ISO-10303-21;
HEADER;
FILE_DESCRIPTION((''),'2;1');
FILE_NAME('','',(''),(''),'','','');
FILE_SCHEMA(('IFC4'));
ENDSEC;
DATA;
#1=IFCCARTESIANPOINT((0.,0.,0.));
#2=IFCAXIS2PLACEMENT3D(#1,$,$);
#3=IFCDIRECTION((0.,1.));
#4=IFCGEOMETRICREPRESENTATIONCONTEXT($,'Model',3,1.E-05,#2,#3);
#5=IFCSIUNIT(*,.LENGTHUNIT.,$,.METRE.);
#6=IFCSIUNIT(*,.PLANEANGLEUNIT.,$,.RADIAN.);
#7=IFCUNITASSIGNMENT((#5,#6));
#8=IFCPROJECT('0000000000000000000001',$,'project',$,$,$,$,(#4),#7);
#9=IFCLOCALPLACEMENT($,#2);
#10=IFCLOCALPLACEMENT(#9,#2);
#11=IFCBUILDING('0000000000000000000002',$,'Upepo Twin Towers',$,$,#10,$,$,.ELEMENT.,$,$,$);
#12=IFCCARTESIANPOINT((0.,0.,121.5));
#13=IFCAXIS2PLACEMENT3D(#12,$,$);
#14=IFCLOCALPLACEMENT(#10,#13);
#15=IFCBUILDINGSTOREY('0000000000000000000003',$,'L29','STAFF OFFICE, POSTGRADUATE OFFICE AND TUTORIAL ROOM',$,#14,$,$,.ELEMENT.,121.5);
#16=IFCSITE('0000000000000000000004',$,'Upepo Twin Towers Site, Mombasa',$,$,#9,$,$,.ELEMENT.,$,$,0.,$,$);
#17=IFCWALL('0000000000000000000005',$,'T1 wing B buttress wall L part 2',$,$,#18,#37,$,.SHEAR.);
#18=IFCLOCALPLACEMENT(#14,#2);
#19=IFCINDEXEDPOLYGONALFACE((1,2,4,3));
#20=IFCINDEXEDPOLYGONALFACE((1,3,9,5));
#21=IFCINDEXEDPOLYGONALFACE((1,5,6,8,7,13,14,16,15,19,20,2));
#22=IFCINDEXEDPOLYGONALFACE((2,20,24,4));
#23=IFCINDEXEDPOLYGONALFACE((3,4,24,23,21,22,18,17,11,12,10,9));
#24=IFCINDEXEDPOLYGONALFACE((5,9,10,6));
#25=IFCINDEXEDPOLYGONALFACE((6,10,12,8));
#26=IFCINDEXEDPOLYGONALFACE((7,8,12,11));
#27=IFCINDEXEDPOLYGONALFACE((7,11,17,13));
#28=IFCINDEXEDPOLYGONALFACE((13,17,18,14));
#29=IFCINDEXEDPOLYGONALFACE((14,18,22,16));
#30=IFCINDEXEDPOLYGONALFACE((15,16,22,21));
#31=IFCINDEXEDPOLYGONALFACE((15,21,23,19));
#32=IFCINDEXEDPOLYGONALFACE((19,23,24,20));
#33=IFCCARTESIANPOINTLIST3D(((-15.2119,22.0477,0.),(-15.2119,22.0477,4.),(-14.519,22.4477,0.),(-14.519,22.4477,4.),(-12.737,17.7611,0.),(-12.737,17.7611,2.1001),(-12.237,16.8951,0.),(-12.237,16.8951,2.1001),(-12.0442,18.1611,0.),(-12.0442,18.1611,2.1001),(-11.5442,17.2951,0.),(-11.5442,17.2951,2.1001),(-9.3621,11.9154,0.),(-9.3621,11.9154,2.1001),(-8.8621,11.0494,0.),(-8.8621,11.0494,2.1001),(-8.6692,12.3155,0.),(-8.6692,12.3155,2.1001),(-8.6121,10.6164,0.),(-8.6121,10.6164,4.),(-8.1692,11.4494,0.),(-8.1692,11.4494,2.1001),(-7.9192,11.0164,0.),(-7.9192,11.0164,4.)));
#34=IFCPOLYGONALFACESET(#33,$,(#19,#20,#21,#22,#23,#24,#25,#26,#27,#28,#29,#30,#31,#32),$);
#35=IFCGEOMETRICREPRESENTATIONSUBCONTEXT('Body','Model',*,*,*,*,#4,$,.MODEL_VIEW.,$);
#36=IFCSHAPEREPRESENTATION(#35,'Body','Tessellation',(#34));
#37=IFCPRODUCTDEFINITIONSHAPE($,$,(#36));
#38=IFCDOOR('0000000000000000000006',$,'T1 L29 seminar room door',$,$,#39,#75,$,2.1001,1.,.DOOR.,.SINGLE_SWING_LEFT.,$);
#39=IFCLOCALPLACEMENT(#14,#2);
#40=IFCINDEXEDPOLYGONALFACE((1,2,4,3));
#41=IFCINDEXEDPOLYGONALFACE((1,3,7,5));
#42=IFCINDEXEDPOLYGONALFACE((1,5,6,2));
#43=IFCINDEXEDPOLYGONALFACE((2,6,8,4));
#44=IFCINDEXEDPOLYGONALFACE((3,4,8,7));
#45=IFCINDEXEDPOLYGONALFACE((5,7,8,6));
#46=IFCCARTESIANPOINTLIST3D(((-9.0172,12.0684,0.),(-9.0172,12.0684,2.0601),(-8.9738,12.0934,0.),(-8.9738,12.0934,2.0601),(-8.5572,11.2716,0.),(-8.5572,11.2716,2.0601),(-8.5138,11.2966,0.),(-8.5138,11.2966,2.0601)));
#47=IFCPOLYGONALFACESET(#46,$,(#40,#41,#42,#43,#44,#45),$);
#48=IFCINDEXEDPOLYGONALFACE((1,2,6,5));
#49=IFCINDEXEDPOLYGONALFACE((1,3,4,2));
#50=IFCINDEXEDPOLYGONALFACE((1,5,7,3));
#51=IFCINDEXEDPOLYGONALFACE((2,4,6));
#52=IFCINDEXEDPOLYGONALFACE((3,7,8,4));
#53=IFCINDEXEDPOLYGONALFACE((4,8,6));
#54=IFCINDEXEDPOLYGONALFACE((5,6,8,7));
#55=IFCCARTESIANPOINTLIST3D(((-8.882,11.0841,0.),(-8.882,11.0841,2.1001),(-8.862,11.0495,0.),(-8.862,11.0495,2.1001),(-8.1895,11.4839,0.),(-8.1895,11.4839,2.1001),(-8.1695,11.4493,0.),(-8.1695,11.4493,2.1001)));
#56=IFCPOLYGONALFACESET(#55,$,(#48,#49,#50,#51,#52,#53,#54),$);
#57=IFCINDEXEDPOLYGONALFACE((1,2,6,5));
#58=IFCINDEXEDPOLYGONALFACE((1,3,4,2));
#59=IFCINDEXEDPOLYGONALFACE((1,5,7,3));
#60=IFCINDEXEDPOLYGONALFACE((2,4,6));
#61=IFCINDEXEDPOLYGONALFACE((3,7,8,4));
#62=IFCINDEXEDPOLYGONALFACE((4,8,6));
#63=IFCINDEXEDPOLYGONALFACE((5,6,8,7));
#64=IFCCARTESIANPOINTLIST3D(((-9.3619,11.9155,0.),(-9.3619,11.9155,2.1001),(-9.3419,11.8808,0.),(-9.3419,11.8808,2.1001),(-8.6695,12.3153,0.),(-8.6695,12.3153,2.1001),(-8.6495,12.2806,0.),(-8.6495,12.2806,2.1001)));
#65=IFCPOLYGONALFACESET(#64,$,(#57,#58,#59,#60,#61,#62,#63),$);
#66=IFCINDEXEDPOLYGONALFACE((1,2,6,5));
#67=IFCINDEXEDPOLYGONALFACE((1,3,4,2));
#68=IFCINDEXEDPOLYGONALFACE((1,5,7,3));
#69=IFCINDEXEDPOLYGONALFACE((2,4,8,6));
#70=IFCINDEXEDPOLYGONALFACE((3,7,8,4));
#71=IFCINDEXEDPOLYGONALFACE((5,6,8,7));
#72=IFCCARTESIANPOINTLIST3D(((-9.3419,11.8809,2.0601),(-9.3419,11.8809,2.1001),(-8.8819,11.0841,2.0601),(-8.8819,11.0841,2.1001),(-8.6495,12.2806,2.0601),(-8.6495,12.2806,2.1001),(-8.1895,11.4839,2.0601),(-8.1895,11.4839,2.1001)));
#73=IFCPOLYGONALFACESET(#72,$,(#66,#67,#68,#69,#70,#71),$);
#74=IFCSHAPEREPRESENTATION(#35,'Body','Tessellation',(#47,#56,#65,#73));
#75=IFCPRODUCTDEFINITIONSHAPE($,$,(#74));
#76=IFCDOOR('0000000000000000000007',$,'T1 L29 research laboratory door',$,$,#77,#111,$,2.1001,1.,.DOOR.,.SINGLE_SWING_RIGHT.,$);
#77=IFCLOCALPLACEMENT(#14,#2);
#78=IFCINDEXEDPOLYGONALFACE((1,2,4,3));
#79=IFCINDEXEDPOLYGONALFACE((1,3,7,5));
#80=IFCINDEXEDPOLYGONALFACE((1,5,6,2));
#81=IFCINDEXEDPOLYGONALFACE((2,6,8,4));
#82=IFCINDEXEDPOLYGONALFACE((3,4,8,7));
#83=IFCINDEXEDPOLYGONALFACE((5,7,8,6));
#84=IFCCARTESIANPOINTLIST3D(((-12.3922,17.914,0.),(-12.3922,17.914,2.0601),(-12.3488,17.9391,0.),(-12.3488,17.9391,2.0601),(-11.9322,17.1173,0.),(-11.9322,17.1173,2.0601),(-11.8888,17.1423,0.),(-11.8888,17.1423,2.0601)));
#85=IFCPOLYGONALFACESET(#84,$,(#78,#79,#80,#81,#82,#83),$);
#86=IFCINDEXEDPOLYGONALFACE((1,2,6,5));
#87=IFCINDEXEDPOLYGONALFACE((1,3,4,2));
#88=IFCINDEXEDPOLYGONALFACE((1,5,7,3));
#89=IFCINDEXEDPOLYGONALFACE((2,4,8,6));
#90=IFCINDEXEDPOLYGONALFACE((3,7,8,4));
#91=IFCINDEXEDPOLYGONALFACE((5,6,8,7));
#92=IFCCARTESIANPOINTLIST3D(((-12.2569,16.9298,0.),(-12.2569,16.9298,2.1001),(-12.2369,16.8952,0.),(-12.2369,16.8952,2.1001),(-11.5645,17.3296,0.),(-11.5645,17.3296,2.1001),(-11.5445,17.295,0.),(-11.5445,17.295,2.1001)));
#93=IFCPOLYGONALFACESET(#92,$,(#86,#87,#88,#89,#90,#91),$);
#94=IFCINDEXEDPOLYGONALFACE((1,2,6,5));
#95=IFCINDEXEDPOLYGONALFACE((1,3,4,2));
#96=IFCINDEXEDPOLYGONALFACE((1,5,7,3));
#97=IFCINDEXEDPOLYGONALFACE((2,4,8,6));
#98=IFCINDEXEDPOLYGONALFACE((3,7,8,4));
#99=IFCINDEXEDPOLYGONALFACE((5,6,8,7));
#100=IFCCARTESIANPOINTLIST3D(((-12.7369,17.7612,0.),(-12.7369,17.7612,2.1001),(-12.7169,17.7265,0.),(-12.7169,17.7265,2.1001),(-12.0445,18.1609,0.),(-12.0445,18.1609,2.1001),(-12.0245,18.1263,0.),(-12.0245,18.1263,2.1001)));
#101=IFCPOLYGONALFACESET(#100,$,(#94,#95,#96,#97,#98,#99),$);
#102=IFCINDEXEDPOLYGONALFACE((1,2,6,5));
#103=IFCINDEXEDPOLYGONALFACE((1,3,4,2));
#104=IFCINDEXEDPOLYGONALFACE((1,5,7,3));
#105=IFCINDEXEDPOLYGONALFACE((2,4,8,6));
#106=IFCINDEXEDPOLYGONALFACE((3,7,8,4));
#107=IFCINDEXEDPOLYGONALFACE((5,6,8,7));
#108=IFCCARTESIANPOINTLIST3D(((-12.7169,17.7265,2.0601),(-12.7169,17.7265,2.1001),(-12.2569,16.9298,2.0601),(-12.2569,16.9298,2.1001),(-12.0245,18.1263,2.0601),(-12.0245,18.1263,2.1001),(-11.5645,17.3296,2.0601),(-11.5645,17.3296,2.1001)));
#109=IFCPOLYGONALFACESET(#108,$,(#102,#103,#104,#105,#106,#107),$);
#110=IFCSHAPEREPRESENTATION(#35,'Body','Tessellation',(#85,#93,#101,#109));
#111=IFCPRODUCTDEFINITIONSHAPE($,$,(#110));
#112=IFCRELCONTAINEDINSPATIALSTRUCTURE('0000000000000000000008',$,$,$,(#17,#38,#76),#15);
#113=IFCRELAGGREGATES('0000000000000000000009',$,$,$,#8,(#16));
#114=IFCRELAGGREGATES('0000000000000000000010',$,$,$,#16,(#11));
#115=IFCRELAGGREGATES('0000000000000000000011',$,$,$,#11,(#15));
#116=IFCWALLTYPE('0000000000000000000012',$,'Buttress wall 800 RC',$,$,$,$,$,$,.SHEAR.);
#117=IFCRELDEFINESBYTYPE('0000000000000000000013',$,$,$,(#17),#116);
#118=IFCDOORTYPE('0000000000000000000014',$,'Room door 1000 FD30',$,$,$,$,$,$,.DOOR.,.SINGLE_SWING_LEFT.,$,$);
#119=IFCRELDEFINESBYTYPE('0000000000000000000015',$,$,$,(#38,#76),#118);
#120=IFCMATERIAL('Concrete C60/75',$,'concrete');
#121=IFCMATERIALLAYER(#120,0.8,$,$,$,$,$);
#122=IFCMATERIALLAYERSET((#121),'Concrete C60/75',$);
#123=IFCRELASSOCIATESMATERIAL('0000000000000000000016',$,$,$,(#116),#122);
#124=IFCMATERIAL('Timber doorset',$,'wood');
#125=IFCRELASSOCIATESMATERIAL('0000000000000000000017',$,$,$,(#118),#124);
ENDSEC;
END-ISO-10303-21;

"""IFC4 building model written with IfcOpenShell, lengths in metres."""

from ifc_helpers import new_model, si_unit, direction, frame, frame_2d, origin, place, context, subcontext, project, spatial, rectangle, extrude, material, layer, layer_set, type_object, element, fill, save


model = new_model("IFC4")

# Units and contexts
model_context = context("Model", 3, precision=1e-05, world=origin(), true_north=direction((0.0, 1.0)))
body_context = subcontext(model_context, "Body", "Model", "MODEL_VIEW")
ifc_project = project(units=[si_unit("LENGTHUNIT", "METRE"), si_unit("PLANEANGLEUNIT", "RADIAN")], contexts=[model_context])

# Site, building, storey
site_placement = place(None, origin())
site = spatial("IfcSite", under=ifc_project, at=site_placement, Name="Upepo Twin Towers Site, Mombasa", CompositionType="ELEMENT", RefElevation=0.0)
building_placement = place(site_placement, origin())
building = spatial("IfcBuilding", under=site, at=building_placement, Name="Upepo Twin Towers", CompositionType="ELEMENT")
storey_placement = place(building_placement, frame((0.0, 0.0, 121.5)))
storey = spatial("IfcBuildingStorey", under=building, at=storey_placement, Name="L29", Description="STAFF OFFICE, POSTGRADUATE OFFICE AND TUTORIAL ROOM", CompositionType="ELEMENT", Elevation=121.5)

# Wall, openings, doors
ifc_material_1 = material(Name="Concrete C60/75", Category="concrete")
ifc_layer_1 = layer(ifc_material_1, 0.8)
ifc_layer_set_1 = layer_set([ifc_layer_1], Name="Concrete C60/75")
wall_type_1 = type_object("IfcWallType", Name="Buttress wall 800 RC", PredefinedType="SHEAR", material=ifc_layer_set_1)
wall_1_placement = place(storey_placement, frame((-8.2656, 10.8164, 0.0), z_axis=(0.0, 0.0, 1.0), x_axis=(-0.499996, 0.866028, 0.0)))
wall_1 = element("IfcWall", 1, at=wall_1_placement, inside=storey, type_object=wall_type_1, Name="T1 wing B buttress wall L part 2", PredefinedType="SHEAR", context=body_context, shape_type="SweptSolid", body=[
    extrude(rectangle(XDim=13.1997, YDim=0.8, at=frame_2d((6.5999, 0.0))), origin(), (0.0, 0.0, 1.0), 4.0),
])
opening_1_placement = place(wall_1_placement, frame((0.5, 0.0, 0.0)))
opening_1 = element("IfcOpeningElement", 2, at=opening_1_placement, cuts=wall_1, PredefinedType="OPENING", context=body_context, shape_type="SweptSolid", body=[
    extrude(rectangle(XDim=1.0, YDim=2.1001, at=frame_2d((0.5, 1.05))), frame((0.0, 0.4099, 0.0), z_axis=(0.0, -1.0, 0.0), x_axis=(1.0, 0.0, 0.0)), (0.0, 0.0, 1.0), 0.8201),
])
opening_2_placement = place(wall_1_placement, frame((7.25, 0.0, 0.0)))
opening_2 = element("IfcOpeningElement", 3, at=opening_2_placement, cuts=wall_1, PredefinedType="OPENING", context=body_context, shape_type="SweptSolid", body=[
    extrude(rectangle(XDim=1.0, YDim=2.1001, at=frame_2d((0.5, 1.05))), frame((0.0, 0.4099, 0.0), z_axis=(0.0, -1.0, 0.0), x_axis=(1.0, 0.0, 0.0)), (0.0, 0.0, 1.0), 0.8201),
])
ifc_material_2 = material(Name="Timber doorset", Category="wood")
door_type_1 = type_object("IfcDoorType", Name="Room door 1000 FD30", OperationType="SINGLE_SWING_LEFT", PredefinedType="DOOR", material=ifc_material_2)
door_1_placement = place(opening_1_placement, origin())
door_1 = element("IfcDoor", 4, at=door_1_placement, inside=storey, type_object=door_type_1, Name="T1 L29 seminar room door", OperationType="SINGLE_SWING_LEFT", OverallHeight=2.1001, OverallWidth=1.0, PredefinedType="DOOR", context=body_context, shape_type="SweptSolid", body=[
    extrude(rectangle(XDim=0.92, YDim=2.0601, at=frame_2d((0.5, 1.03))), frame((0.0, 0.0249, 0.0), z_axis=(0.0, -1.0, 0.0), x_axis=(1.0, 0.0, 0.0)), (0.0, 0.0, 1.0), 0.05),
    extrude(rectangle(XDim=0.04, YDim=2.1001, at=frame_2d((0.02, 1.05))), frame((0.0, 0.3999, 0.0), z_axis=(0.0, -1.0, 0.0), x_axis=(1.0, 0.0, 0.0)), (0.0, 0.0, 1.0), 0.7996),
    extrude(rectangle(XDim=0.04, YDim=2.1001, at=frame_2d((0.98, 1.05))), frame((0.0, 0.3999, 0.0), z_axis=(0.0, -1.0, 0.0), x_axis=(1.0, 0.0, 0.0)), (0.0, 0.0, 1.0), 0.7996),
    extrude(rectangle(XDim=0.92, YDim=0.04, at=frame_2d((0.5, 2.0801))), frame((0.0, 0.3999, 0.0), z_axis=(0.0, -1.0, 0.0), x_axis=(1.0, 0.0, 0.0)), (0.0, 0.0, 1.0), 0.7996),
])
fill(opening_1, door_1)
door_2_placement = place(opening_2_placement, origin())
door_2 = element("IfcDoor", 5, at=door_2_placement, inside=storey, type_object=door_type_1, Name="T1 L29 research laboratory door", OperationType="SINGLE_SWING_RIGHT", OverallHeight=2.1001, OverallWidth=1.0, PredefinedType="DOOR", context=body_context, shape_type="SweptSolid", body=[
    extrude(rectangle(XDim=0.92, YDim=2.0601, at=frame_2d((0.5, 1.03))), frame((0.0, 0.0249, 0.0), z_axis=(0.0, -1.0, 0.0), x_axis=(1.0, 0.0, 0.0)), (0.0, 0.0, 1.0), 0.05),
    extrude(rectangle(XDim=0.04, YDim=2.1001, at=frame_2d((0.02, 1.05))), frame((0.0, 0.3999, 0.0), z_axis=(0.0, -1.0, 0.0), x_axis=(1.0, 0.0, 0.0)), (0.0, 0.0, 1.0), 0.7996),
    extrude(rectangle(XDim=0.04, YDim=2.1001, at=frame_2d((0.98, 1.05))), frame((0.0, 0.3999, 0.0), z_axis=(0.0, -1.0, 0.0), x_axis=(1.0, 0.0, 0.0)), (0.0, 0.0, 1.0), 0.7996),
    extrude(rectangle(XDim=0.92, YDim=0.04, at=frame_2d((0.5, 2.0801))), frame((0.0, 0.3999, 0.0), z_axis=(0.0, -1.0, 0.0), x_axis=(1.0, 0.0, 0.0)), (0.0, 0.0, 1.0), 0.7996),
])
fill(opening_2, door_2)

save(model, "model.ifc")
